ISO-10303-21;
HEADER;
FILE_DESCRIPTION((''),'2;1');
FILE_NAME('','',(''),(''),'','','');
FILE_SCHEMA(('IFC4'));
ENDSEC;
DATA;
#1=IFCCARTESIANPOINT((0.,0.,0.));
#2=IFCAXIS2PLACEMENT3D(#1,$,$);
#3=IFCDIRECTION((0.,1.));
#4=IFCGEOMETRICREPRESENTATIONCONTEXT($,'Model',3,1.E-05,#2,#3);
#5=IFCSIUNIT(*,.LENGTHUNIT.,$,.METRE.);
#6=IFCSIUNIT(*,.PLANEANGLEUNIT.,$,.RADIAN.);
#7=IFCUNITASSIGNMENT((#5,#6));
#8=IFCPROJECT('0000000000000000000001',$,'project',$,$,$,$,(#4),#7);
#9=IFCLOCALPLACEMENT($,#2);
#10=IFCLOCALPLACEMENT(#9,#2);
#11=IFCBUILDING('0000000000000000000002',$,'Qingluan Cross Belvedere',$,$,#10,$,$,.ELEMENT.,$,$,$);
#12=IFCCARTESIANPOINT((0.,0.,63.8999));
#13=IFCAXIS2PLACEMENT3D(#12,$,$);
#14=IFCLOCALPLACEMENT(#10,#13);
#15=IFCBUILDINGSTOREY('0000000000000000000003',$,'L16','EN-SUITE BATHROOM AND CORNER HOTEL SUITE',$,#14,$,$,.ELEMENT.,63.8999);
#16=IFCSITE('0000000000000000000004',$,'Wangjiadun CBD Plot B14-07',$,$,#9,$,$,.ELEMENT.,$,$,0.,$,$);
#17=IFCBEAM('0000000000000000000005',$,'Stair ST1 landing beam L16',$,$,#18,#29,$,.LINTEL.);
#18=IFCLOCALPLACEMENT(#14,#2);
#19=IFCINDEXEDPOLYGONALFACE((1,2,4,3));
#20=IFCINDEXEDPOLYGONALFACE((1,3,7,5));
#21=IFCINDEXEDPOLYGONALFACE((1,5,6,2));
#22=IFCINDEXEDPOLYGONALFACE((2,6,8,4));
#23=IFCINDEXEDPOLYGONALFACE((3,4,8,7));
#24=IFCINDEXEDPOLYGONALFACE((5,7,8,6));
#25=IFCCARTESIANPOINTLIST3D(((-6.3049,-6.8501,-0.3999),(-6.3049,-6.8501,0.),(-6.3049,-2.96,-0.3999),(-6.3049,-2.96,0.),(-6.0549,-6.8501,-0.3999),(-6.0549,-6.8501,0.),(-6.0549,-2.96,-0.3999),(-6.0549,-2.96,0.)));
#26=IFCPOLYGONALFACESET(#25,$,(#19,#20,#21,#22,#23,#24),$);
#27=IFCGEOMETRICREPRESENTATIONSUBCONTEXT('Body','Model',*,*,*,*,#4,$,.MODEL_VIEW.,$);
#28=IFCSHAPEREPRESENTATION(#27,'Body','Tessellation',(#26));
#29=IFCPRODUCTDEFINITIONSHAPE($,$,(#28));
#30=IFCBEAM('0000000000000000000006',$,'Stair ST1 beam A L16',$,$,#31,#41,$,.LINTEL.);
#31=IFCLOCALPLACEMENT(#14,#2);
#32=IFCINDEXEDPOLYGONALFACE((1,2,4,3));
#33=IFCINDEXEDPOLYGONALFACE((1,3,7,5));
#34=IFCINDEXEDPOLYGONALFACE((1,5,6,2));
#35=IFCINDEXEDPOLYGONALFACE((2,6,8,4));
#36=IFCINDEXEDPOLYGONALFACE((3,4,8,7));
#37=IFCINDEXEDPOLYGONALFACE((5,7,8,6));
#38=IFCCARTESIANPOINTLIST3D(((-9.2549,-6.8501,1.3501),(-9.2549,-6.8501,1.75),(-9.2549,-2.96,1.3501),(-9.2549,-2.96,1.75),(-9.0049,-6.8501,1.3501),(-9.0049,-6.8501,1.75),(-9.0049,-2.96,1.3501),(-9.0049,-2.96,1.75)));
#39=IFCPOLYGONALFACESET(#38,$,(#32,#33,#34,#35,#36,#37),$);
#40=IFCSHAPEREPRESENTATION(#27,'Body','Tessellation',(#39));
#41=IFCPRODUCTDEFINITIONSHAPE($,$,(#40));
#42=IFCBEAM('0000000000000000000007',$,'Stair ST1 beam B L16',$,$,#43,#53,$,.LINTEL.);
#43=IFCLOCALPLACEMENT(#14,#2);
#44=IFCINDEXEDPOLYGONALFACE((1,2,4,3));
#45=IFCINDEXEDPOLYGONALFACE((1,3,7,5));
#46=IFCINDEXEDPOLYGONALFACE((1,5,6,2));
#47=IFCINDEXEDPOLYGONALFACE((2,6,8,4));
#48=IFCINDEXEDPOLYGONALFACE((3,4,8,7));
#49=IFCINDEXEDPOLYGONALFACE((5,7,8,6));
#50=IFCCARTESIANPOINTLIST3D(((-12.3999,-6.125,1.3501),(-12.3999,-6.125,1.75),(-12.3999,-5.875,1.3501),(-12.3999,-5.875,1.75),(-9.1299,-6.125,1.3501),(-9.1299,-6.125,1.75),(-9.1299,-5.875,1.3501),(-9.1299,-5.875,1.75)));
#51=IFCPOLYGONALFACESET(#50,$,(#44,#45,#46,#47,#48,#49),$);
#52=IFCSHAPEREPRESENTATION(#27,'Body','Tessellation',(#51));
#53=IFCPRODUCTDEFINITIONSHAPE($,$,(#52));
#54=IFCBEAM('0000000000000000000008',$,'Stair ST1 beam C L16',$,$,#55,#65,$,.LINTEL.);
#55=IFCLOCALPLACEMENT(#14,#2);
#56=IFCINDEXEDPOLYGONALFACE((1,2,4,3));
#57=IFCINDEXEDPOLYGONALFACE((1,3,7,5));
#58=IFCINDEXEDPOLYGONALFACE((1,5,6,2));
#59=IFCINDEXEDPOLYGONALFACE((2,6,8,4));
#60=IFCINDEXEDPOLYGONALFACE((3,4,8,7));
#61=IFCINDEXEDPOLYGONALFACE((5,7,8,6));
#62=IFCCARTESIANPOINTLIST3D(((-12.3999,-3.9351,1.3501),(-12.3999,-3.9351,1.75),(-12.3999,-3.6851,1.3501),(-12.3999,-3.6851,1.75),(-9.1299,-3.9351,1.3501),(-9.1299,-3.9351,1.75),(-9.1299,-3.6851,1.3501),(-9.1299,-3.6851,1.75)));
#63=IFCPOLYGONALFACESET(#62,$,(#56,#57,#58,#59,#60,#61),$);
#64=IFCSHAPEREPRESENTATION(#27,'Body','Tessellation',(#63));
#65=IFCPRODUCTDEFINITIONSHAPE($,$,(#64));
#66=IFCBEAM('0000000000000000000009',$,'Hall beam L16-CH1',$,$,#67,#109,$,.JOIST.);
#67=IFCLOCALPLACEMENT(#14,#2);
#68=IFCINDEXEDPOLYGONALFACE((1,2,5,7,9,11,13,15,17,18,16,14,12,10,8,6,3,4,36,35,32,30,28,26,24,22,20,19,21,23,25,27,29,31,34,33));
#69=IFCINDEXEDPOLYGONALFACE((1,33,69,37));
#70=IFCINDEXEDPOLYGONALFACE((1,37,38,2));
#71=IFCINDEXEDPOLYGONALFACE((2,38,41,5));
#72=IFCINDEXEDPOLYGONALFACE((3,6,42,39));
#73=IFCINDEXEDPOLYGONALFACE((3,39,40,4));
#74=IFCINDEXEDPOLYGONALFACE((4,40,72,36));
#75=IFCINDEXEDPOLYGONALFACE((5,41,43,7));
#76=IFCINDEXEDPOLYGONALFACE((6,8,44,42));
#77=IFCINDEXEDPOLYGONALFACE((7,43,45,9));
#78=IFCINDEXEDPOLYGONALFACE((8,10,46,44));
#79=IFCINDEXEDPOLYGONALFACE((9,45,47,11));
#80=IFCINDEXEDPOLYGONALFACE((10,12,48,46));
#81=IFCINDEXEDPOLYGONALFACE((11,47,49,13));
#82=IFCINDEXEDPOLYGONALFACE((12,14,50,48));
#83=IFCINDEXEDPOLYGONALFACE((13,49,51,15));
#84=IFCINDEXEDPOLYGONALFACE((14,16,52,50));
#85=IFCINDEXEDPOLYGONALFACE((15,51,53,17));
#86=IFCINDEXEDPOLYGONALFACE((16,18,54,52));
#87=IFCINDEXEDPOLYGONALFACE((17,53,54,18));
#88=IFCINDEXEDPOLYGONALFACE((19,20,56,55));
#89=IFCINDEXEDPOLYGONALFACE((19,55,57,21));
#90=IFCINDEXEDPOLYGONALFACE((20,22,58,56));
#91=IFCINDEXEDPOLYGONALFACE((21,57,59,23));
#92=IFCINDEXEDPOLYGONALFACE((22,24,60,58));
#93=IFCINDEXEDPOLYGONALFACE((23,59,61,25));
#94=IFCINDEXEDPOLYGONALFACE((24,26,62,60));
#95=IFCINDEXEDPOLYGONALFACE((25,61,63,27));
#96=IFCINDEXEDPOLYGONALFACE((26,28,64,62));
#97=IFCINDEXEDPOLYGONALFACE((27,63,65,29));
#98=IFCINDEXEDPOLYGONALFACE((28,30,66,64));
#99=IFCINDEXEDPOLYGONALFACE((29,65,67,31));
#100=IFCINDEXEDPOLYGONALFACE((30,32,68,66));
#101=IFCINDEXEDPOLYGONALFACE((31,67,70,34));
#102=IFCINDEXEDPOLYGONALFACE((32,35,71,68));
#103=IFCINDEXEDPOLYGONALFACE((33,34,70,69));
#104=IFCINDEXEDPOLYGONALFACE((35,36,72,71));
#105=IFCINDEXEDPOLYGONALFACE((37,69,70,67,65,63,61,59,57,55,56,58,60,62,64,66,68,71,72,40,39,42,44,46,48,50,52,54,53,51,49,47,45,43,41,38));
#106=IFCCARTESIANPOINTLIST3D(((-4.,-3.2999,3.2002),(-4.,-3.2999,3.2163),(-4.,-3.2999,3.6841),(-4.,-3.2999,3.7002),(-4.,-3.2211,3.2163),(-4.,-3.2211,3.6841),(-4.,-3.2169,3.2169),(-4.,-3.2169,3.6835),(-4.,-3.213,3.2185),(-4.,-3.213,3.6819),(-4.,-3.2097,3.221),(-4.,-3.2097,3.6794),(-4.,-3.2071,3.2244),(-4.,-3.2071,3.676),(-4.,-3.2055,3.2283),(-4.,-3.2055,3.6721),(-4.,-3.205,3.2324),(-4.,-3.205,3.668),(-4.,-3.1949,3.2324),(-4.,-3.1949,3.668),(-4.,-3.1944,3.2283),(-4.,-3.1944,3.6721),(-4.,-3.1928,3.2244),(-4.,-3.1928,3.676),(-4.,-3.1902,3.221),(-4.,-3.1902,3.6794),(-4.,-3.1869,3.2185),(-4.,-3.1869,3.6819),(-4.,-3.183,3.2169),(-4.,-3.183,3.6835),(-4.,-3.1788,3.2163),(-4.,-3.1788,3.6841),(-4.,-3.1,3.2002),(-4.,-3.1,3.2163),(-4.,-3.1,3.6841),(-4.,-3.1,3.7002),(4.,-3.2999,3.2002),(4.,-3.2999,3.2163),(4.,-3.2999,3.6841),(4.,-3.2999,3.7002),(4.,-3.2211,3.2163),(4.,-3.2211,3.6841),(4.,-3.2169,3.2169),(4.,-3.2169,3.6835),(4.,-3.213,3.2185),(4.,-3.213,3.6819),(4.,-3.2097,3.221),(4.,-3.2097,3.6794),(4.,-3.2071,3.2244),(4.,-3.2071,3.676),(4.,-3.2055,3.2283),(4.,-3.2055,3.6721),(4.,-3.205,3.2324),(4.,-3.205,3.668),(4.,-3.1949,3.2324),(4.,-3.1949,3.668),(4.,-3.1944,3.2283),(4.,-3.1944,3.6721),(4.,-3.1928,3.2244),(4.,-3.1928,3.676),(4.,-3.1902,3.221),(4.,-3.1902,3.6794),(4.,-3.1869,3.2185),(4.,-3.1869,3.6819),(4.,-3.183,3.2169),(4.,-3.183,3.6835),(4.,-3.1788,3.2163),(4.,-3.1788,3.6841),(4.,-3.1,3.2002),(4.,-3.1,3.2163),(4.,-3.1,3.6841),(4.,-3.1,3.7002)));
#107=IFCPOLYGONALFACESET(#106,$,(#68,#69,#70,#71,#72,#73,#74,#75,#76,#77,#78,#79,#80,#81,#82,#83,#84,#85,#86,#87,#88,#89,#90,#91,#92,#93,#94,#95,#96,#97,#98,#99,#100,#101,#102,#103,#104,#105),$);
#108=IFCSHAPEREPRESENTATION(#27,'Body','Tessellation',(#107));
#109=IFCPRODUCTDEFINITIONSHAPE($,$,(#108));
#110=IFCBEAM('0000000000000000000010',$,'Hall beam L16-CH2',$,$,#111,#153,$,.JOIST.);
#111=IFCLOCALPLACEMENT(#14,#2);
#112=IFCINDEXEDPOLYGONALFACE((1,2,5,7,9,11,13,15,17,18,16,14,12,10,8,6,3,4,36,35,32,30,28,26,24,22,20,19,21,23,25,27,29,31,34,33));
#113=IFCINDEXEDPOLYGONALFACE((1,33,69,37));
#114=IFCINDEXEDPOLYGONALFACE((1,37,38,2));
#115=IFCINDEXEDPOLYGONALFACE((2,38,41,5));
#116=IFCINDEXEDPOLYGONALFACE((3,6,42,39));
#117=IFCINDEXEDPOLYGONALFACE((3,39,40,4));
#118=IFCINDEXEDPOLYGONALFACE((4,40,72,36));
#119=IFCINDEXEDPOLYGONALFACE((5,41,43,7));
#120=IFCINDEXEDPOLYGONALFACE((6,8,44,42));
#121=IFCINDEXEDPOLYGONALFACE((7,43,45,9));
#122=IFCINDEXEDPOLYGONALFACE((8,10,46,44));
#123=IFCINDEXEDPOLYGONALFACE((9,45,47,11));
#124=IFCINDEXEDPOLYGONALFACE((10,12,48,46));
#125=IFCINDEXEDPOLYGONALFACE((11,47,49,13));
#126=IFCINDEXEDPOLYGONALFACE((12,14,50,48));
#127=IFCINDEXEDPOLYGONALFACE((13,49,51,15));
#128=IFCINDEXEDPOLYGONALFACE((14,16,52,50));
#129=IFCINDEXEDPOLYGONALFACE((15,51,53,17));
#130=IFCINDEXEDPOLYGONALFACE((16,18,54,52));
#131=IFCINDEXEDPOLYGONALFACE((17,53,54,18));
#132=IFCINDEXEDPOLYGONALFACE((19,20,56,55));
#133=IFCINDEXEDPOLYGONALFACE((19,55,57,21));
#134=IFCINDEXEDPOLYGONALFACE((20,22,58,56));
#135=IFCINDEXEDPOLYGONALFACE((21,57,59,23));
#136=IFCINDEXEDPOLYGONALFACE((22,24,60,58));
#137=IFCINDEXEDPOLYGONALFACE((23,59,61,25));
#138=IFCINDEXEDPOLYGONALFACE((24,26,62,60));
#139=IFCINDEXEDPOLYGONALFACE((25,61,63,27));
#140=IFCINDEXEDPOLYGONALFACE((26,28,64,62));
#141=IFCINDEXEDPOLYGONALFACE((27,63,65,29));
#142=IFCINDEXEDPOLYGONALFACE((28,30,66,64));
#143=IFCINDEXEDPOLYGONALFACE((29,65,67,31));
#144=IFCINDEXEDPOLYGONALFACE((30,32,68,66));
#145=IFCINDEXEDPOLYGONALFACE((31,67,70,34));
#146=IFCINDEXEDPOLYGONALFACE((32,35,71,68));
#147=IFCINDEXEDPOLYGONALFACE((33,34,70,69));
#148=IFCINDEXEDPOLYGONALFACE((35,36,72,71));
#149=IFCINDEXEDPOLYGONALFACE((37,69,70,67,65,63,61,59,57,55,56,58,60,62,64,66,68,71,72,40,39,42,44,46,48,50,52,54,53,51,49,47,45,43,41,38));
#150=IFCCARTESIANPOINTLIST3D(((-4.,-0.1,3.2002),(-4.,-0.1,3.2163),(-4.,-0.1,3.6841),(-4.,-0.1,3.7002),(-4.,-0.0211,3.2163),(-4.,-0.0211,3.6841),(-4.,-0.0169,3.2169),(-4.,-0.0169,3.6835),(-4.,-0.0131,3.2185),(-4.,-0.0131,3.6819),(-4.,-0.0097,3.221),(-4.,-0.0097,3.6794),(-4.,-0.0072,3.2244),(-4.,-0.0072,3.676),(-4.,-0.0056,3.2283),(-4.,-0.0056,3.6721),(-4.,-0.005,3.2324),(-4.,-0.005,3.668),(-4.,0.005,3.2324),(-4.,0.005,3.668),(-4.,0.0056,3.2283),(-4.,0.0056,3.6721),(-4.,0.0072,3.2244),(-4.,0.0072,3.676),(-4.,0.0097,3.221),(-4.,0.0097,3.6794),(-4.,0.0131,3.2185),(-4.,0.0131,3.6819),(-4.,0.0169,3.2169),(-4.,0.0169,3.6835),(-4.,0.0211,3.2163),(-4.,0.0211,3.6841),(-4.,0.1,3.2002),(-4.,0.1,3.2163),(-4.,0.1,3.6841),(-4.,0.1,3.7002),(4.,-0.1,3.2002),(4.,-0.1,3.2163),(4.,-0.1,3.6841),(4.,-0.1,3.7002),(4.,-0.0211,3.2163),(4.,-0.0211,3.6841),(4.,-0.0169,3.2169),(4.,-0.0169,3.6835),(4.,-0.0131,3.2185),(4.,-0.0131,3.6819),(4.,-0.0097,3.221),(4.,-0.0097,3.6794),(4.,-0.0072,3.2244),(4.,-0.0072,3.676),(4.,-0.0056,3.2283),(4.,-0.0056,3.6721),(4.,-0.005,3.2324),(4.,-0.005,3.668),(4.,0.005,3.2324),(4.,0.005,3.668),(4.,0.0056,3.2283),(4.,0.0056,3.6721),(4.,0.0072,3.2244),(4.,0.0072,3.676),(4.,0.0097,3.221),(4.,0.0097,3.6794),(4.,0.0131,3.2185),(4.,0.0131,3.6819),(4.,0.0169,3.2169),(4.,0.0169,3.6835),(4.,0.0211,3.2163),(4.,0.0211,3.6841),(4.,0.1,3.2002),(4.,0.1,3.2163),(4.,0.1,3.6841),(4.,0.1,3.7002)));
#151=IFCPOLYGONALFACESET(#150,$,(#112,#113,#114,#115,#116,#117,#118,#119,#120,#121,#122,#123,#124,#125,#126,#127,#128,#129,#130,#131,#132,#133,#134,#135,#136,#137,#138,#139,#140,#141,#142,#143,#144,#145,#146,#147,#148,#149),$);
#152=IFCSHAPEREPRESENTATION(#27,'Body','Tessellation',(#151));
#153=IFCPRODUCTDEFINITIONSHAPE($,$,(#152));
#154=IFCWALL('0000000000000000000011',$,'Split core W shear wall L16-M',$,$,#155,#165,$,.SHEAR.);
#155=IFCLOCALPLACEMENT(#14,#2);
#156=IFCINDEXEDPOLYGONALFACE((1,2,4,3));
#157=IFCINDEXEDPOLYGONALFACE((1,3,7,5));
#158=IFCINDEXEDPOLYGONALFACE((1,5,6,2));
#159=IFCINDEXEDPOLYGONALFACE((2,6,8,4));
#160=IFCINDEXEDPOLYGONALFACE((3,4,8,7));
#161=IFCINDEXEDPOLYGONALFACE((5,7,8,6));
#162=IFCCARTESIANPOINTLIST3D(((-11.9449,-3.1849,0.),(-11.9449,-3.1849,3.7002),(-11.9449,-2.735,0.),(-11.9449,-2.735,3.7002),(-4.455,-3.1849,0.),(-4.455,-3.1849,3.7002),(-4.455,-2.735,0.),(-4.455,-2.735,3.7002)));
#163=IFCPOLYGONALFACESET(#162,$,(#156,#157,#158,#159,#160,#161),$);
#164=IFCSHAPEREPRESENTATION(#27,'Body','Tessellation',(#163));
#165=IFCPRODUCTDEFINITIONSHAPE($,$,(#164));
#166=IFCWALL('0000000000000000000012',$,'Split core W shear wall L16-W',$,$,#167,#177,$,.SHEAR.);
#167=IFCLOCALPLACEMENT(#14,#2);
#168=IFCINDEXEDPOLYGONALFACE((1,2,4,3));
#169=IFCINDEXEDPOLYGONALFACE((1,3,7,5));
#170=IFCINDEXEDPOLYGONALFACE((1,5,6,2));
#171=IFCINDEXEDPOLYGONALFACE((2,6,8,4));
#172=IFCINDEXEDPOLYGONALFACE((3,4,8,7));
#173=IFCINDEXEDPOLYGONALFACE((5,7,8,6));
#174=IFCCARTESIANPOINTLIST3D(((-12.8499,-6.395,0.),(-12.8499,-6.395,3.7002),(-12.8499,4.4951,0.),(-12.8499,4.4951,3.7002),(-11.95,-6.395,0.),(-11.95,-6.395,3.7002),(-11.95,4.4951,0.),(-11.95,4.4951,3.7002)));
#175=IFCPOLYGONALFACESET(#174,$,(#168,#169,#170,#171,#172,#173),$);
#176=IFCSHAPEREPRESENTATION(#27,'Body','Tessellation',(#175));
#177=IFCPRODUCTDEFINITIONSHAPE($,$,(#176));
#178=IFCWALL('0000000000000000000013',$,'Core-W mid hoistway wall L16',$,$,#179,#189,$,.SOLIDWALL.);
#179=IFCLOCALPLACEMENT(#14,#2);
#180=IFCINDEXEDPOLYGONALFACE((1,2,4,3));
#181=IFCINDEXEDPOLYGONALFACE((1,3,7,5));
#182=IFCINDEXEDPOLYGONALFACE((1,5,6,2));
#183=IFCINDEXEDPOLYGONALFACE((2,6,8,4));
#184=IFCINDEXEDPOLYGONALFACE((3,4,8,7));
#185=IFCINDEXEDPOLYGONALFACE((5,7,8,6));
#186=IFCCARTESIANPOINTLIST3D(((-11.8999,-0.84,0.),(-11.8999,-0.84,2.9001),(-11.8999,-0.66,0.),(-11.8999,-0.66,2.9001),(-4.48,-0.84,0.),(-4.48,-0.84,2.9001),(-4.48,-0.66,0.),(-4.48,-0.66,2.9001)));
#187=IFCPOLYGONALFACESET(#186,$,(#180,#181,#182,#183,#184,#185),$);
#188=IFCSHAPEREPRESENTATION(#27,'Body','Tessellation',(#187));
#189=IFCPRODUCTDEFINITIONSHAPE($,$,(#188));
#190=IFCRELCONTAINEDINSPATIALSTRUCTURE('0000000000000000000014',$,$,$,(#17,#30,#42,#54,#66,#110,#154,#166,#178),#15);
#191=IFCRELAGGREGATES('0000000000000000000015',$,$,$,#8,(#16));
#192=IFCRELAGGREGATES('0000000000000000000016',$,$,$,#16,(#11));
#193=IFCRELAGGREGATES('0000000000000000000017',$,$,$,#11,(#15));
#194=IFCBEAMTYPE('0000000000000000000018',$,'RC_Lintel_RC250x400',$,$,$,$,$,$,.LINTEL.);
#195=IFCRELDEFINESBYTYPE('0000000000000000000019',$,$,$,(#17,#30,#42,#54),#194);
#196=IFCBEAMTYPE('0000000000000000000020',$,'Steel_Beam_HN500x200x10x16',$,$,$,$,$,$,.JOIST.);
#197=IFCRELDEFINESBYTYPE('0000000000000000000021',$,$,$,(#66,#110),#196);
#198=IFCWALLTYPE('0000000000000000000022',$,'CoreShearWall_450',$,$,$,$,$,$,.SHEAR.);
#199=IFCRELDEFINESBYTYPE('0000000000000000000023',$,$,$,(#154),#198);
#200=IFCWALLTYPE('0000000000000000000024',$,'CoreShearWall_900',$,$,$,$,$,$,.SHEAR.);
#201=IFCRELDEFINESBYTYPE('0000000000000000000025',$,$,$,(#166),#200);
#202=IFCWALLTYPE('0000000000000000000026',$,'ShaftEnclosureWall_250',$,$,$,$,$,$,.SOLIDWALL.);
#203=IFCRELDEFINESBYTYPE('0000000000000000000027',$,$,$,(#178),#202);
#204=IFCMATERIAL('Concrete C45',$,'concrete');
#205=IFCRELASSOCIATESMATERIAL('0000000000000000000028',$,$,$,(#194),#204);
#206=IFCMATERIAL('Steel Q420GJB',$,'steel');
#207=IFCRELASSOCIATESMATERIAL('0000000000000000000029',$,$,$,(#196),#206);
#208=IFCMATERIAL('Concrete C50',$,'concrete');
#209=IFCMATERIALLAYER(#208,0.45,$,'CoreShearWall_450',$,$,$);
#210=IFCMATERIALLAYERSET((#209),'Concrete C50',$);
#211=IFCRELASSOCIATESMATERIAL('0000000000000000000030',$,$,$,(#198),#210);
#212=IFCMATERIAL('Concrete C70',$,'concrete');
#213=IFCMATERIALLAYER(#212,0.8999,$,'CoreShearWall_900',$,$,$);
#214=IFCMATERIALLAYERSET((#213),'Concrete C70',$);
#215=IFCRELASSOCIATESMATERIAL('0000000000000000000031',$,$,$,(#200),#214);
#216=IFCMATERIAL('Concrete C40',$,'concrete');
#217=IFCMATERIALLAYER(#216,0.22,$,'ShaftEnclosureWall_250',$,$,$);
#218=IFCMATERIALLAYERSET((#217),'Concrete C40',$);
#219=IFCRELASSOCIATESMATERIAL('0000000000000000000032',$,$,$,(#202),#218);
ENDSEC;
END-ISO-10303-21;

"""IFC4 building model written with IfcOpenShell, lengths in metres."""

from ifc_helpers import new_model, si_unit, direction, frame, frame_2d, origin, origin_2d, place, context, subcontext, project, spatial, rectangle, i_section, extrude, material, layer, layer_set, material_profile, profile_set, type_object, element, save


model = new_model("IFC4")

# Units and contexts
model_context = context("Model", 3, precision=1e-05, world=origin(), true_north=direction((0.0, 1.0)))
body_context = subcontext(model_context, "Body", "Model", "MODEL_VIEW")
ifc_project = project(units=[si_unit("LENGTHUNIT", "METRE"), si_unit("PLANEANGLEUNIT", "RADIAN")], contexts=[model_context])

# Site, building, storey
site_placement = place(None, origin())
site = spatial("IfcSite", under=ifc_project, at=site_placement, Name="Wangjiadun CBD Plot B14-07", CompositionType="ELEMENT", RefElevation=0.0)
building_placement = place(site_placement, origin())
building = spatial("IfcBuilding", under=site, at=building_placement, Name="Qingluan Cross Belvedere", CompositionType="ELEMENT")
storey_placement = place(building_placement, frame((0.0, 0.0, 63.8999)))
storey = spatial("IfcBuildingStorey", under=building, at=storey_placement, Name="L16", Description="EN-SUITE BATHROOM AND CORNER HOTEL SUITE", CompositionType="ELEMENT", Elevation=63.8999)

# Beams
ifc_material_1 = material(Name="Concrete C45", Category="concrete")
ifc_material_profile_1 = material_profile(ifc_material_1, rectangle(XDim=0.25, YDim=0.3999, at=origin_2d()), Name="RC250x400")
ifc_profile_set_1 = profile_set([ifc_material_profile_1], Name="Concrete C45")
beam_type_1 = type_object("IfcBeamType", Name="RC_Lintel_RC250x400", PredefinedType="LINTEL", material=ifc_profile_set_1)
for number, where, z_axis, x_axis, name in (
    (1, (-6.1799, -6.8501, -0.2), (0.0, 1.0, 0.0), (-1.0, 0.0, 0.0), "Stair ST1 landing beam L16"),
    (2, (-9.1299, -6.8501, 1.55), (0.0, 1.0, 0.0), (-1.0, 0.0, 0.0), "Stair ST1 beam A L16"),
):
    element("IfcBeam", number, at=place(storey_placement, frame(where, z_axis=z_axis, x_axis=x_axis)), inside=storey, type_object=beam_type_1, Name=name, PredefinedType="LINTEL", context=body_context, shape_type="SweptSolid", body=[
        extrude(rectangle(XDim=0.25, YDim=0.3999, at=origin_2d()), origin(), (0.0, 0.0, 1.0), 3.8901),
    ])
for number, where, z_axis, x_axis, name in (
    (3, (-12.3999, -6.0, 1.55), (1.0, 0.0, 0.0), (0.0, 1.0, 0.0), "Stair ST1 beam B L16"),
    (4, (-12.3999, -3.8101, 1.55), (1.0, 0.0, 0.0), (0.0, 1.0, 0.0), "Stair ST1 beam C L16"),
):
    element("IfcBeam", number, at=place(storey_placement, frame(where, z_axis=z_axis, x_axis=x_axis)), inside=storey, type_object=beam_type_1, Name=name, PredefinedType="LINTEL", context=body_context, shape_type="SweptSolid", body=[
        extrude(rectangle(XDim=0.25, YDim=0.3999, at=origin_2d()), origin(), (0.0, 0.0, 1.0), 3.27),
    ])
ifc_material_2 = material(Name="Steel Q420GJB", Category="steel")
ifc_material_profile_2 = material_profile(ifc_material_2, i_section(OverallWidth=0.2, OverallDepth=0.5, WebThickness=0.01, FlangeThickness=0.0161, FilletRadius=0.0161, at=origin_2d()), Name="HN500x200x10x16")
ifc_profile_set_2 = profile_set([ifc_material_profile_2], Name="Steel Q420GJB")
beam_type_2 = type_object("IfcBeamType", Name="Steel_Beam_HN500x200x10x16", PredefinedType="JOIST", material=ifc_profile_set_2)
for number, where, z_axis, x_axis, name in (
    (5, (-4.0, -3.2, 3.4502), (1.0, 0.0, 0.0), (0.0, 1.0, 0.0), "Hall beam L16-CH1"),
    (6, (-4.0, 0.0, 3.4502), (1.0, 0.0, 0.0), (0.0, 1.0, 0.0), "Hall beam L16-CH2"),
):
    element("IfcBeam", number, at=place(storey_placement, frame(where, z_axis=z_axis, x_axis=x_axis)), inside=storey, type_object=beam_type_2, Name=name, PredefinedType="JOIST", context=body_context, shape_type="SweptSolid", body=[
        extrude(i_section(OverallWidth=0.2, OverallDepth=0.5, WebThickness=0.01, FlangeThickness=0.0161, FilletRadius=0.0161, at=origin_2d()), origin(), (0.0, 0.0, 1.0), 8.0),
    ])

# Walls
ifc_material_3 = material(Name="Concrete C50", Category="concrete")
ifc_layer_1 = layer(ifc_material_3, 0.45, Name="CoreShearWall_450")
ifc_layer_set_1 = layer_set([ifc_layer_1], Name="Concrete C50")
wall_type_1 = type_object("IfcWallType", Name="CoreShearWall_450", PredefinedType="SHEAR", material=ifc_layer_set_1)
wall_1_placement = place(storey_placement, frame((-11.9451, -2.96, 0.0), z_axis=(0.0, 0.0, 1.0), x_axis=(1.0, 0.0, 0.0)))
element("IfcWall", 7, at=wall_1_placement, inside=storey, type_object=wall_type_1, Name="Split core W shear wall L16-M", PredefinedType="SHEAR", context=body_context, shape_type="SweptSolid", body=[
    extrude(rectangle(XDim=7.49, YDim=0.45, at=frame_2d((3.7451, 0.0))), origin(), (0.0, 0.0, 1.0), 3.7002),
])
ifc_material_4 = material(Name="Concrete C70", Category="concrete")
ifc_layer_2 = layer(ifc_material_4, 0.8999, Name="CoreShearWall_900")
ifc_layer_set_2 = layer_set([ifc_layer_2], Name="Concrete C70")
wall_type_2 = type_object("IfcWallType", Name="CoreShearWall_900", PredefinedType="SHEAR", material=ifc_layer_set_2)
wall_2_placement = place(storey_placement, frame((-12.3999, -6.395, 0.0), z_axis=(0.0, 0.0, 1.0), x_axis=(0.0, 1.0, 0.0)))
element("IfcWall", 8, at=wall_2_placement, inside=storey, type_object=wall_type_2, Name="Split core W shear wall L16-W", PredefinedType="SHEAR", context=body_context, shape_type="SweptSolid", body=[
    extrude(rectangle(XDim=10.8901, YDim=0.8999, at=frame_2d((5.4451, 0.0))), origin(), (0.0, 0.0, 1.0), 3.7002),
])

# Wall
ifc_material_5 = material(Name="Concrete C40", Category="concrete")
ifc_layer_3 = layer(ifc_material_5, 0.22, Name="ShaftEnclosureWall_250")
ifc_layer_set_3 = layer_set([ifc_layer_3], Name="Concrete C40")
wall_type_3 = type_object("IfcWallType", Name="ShaftEnclosureWall_250", PredefinedType="SOLIDWALL", material=ifc_layer_set_3)
wall_3_placement = place(storey_placement, frame((-11.8999, -0.75, 0.0), z_axis=(0.0, 0.0, 1.0), x_axis=(1.0, 0.0, 0.0)))
element("IfcWall", 9, at=wall_3_placement, inside=storey, type_object=wall_type_3, Name="Core-W mid hoistway wall L16", PredefinedType="SOLIDWALL", context=body_context, shape_type="SweptSolid", body=[
    extrude(rectangle(XDim=7.4199, YDim=0.1799, at=frame_2d((3.71, 0.0))), origin(), (0.0, 0.0, 1.0), 2.9001),
])

save(model, "model.ifc")
